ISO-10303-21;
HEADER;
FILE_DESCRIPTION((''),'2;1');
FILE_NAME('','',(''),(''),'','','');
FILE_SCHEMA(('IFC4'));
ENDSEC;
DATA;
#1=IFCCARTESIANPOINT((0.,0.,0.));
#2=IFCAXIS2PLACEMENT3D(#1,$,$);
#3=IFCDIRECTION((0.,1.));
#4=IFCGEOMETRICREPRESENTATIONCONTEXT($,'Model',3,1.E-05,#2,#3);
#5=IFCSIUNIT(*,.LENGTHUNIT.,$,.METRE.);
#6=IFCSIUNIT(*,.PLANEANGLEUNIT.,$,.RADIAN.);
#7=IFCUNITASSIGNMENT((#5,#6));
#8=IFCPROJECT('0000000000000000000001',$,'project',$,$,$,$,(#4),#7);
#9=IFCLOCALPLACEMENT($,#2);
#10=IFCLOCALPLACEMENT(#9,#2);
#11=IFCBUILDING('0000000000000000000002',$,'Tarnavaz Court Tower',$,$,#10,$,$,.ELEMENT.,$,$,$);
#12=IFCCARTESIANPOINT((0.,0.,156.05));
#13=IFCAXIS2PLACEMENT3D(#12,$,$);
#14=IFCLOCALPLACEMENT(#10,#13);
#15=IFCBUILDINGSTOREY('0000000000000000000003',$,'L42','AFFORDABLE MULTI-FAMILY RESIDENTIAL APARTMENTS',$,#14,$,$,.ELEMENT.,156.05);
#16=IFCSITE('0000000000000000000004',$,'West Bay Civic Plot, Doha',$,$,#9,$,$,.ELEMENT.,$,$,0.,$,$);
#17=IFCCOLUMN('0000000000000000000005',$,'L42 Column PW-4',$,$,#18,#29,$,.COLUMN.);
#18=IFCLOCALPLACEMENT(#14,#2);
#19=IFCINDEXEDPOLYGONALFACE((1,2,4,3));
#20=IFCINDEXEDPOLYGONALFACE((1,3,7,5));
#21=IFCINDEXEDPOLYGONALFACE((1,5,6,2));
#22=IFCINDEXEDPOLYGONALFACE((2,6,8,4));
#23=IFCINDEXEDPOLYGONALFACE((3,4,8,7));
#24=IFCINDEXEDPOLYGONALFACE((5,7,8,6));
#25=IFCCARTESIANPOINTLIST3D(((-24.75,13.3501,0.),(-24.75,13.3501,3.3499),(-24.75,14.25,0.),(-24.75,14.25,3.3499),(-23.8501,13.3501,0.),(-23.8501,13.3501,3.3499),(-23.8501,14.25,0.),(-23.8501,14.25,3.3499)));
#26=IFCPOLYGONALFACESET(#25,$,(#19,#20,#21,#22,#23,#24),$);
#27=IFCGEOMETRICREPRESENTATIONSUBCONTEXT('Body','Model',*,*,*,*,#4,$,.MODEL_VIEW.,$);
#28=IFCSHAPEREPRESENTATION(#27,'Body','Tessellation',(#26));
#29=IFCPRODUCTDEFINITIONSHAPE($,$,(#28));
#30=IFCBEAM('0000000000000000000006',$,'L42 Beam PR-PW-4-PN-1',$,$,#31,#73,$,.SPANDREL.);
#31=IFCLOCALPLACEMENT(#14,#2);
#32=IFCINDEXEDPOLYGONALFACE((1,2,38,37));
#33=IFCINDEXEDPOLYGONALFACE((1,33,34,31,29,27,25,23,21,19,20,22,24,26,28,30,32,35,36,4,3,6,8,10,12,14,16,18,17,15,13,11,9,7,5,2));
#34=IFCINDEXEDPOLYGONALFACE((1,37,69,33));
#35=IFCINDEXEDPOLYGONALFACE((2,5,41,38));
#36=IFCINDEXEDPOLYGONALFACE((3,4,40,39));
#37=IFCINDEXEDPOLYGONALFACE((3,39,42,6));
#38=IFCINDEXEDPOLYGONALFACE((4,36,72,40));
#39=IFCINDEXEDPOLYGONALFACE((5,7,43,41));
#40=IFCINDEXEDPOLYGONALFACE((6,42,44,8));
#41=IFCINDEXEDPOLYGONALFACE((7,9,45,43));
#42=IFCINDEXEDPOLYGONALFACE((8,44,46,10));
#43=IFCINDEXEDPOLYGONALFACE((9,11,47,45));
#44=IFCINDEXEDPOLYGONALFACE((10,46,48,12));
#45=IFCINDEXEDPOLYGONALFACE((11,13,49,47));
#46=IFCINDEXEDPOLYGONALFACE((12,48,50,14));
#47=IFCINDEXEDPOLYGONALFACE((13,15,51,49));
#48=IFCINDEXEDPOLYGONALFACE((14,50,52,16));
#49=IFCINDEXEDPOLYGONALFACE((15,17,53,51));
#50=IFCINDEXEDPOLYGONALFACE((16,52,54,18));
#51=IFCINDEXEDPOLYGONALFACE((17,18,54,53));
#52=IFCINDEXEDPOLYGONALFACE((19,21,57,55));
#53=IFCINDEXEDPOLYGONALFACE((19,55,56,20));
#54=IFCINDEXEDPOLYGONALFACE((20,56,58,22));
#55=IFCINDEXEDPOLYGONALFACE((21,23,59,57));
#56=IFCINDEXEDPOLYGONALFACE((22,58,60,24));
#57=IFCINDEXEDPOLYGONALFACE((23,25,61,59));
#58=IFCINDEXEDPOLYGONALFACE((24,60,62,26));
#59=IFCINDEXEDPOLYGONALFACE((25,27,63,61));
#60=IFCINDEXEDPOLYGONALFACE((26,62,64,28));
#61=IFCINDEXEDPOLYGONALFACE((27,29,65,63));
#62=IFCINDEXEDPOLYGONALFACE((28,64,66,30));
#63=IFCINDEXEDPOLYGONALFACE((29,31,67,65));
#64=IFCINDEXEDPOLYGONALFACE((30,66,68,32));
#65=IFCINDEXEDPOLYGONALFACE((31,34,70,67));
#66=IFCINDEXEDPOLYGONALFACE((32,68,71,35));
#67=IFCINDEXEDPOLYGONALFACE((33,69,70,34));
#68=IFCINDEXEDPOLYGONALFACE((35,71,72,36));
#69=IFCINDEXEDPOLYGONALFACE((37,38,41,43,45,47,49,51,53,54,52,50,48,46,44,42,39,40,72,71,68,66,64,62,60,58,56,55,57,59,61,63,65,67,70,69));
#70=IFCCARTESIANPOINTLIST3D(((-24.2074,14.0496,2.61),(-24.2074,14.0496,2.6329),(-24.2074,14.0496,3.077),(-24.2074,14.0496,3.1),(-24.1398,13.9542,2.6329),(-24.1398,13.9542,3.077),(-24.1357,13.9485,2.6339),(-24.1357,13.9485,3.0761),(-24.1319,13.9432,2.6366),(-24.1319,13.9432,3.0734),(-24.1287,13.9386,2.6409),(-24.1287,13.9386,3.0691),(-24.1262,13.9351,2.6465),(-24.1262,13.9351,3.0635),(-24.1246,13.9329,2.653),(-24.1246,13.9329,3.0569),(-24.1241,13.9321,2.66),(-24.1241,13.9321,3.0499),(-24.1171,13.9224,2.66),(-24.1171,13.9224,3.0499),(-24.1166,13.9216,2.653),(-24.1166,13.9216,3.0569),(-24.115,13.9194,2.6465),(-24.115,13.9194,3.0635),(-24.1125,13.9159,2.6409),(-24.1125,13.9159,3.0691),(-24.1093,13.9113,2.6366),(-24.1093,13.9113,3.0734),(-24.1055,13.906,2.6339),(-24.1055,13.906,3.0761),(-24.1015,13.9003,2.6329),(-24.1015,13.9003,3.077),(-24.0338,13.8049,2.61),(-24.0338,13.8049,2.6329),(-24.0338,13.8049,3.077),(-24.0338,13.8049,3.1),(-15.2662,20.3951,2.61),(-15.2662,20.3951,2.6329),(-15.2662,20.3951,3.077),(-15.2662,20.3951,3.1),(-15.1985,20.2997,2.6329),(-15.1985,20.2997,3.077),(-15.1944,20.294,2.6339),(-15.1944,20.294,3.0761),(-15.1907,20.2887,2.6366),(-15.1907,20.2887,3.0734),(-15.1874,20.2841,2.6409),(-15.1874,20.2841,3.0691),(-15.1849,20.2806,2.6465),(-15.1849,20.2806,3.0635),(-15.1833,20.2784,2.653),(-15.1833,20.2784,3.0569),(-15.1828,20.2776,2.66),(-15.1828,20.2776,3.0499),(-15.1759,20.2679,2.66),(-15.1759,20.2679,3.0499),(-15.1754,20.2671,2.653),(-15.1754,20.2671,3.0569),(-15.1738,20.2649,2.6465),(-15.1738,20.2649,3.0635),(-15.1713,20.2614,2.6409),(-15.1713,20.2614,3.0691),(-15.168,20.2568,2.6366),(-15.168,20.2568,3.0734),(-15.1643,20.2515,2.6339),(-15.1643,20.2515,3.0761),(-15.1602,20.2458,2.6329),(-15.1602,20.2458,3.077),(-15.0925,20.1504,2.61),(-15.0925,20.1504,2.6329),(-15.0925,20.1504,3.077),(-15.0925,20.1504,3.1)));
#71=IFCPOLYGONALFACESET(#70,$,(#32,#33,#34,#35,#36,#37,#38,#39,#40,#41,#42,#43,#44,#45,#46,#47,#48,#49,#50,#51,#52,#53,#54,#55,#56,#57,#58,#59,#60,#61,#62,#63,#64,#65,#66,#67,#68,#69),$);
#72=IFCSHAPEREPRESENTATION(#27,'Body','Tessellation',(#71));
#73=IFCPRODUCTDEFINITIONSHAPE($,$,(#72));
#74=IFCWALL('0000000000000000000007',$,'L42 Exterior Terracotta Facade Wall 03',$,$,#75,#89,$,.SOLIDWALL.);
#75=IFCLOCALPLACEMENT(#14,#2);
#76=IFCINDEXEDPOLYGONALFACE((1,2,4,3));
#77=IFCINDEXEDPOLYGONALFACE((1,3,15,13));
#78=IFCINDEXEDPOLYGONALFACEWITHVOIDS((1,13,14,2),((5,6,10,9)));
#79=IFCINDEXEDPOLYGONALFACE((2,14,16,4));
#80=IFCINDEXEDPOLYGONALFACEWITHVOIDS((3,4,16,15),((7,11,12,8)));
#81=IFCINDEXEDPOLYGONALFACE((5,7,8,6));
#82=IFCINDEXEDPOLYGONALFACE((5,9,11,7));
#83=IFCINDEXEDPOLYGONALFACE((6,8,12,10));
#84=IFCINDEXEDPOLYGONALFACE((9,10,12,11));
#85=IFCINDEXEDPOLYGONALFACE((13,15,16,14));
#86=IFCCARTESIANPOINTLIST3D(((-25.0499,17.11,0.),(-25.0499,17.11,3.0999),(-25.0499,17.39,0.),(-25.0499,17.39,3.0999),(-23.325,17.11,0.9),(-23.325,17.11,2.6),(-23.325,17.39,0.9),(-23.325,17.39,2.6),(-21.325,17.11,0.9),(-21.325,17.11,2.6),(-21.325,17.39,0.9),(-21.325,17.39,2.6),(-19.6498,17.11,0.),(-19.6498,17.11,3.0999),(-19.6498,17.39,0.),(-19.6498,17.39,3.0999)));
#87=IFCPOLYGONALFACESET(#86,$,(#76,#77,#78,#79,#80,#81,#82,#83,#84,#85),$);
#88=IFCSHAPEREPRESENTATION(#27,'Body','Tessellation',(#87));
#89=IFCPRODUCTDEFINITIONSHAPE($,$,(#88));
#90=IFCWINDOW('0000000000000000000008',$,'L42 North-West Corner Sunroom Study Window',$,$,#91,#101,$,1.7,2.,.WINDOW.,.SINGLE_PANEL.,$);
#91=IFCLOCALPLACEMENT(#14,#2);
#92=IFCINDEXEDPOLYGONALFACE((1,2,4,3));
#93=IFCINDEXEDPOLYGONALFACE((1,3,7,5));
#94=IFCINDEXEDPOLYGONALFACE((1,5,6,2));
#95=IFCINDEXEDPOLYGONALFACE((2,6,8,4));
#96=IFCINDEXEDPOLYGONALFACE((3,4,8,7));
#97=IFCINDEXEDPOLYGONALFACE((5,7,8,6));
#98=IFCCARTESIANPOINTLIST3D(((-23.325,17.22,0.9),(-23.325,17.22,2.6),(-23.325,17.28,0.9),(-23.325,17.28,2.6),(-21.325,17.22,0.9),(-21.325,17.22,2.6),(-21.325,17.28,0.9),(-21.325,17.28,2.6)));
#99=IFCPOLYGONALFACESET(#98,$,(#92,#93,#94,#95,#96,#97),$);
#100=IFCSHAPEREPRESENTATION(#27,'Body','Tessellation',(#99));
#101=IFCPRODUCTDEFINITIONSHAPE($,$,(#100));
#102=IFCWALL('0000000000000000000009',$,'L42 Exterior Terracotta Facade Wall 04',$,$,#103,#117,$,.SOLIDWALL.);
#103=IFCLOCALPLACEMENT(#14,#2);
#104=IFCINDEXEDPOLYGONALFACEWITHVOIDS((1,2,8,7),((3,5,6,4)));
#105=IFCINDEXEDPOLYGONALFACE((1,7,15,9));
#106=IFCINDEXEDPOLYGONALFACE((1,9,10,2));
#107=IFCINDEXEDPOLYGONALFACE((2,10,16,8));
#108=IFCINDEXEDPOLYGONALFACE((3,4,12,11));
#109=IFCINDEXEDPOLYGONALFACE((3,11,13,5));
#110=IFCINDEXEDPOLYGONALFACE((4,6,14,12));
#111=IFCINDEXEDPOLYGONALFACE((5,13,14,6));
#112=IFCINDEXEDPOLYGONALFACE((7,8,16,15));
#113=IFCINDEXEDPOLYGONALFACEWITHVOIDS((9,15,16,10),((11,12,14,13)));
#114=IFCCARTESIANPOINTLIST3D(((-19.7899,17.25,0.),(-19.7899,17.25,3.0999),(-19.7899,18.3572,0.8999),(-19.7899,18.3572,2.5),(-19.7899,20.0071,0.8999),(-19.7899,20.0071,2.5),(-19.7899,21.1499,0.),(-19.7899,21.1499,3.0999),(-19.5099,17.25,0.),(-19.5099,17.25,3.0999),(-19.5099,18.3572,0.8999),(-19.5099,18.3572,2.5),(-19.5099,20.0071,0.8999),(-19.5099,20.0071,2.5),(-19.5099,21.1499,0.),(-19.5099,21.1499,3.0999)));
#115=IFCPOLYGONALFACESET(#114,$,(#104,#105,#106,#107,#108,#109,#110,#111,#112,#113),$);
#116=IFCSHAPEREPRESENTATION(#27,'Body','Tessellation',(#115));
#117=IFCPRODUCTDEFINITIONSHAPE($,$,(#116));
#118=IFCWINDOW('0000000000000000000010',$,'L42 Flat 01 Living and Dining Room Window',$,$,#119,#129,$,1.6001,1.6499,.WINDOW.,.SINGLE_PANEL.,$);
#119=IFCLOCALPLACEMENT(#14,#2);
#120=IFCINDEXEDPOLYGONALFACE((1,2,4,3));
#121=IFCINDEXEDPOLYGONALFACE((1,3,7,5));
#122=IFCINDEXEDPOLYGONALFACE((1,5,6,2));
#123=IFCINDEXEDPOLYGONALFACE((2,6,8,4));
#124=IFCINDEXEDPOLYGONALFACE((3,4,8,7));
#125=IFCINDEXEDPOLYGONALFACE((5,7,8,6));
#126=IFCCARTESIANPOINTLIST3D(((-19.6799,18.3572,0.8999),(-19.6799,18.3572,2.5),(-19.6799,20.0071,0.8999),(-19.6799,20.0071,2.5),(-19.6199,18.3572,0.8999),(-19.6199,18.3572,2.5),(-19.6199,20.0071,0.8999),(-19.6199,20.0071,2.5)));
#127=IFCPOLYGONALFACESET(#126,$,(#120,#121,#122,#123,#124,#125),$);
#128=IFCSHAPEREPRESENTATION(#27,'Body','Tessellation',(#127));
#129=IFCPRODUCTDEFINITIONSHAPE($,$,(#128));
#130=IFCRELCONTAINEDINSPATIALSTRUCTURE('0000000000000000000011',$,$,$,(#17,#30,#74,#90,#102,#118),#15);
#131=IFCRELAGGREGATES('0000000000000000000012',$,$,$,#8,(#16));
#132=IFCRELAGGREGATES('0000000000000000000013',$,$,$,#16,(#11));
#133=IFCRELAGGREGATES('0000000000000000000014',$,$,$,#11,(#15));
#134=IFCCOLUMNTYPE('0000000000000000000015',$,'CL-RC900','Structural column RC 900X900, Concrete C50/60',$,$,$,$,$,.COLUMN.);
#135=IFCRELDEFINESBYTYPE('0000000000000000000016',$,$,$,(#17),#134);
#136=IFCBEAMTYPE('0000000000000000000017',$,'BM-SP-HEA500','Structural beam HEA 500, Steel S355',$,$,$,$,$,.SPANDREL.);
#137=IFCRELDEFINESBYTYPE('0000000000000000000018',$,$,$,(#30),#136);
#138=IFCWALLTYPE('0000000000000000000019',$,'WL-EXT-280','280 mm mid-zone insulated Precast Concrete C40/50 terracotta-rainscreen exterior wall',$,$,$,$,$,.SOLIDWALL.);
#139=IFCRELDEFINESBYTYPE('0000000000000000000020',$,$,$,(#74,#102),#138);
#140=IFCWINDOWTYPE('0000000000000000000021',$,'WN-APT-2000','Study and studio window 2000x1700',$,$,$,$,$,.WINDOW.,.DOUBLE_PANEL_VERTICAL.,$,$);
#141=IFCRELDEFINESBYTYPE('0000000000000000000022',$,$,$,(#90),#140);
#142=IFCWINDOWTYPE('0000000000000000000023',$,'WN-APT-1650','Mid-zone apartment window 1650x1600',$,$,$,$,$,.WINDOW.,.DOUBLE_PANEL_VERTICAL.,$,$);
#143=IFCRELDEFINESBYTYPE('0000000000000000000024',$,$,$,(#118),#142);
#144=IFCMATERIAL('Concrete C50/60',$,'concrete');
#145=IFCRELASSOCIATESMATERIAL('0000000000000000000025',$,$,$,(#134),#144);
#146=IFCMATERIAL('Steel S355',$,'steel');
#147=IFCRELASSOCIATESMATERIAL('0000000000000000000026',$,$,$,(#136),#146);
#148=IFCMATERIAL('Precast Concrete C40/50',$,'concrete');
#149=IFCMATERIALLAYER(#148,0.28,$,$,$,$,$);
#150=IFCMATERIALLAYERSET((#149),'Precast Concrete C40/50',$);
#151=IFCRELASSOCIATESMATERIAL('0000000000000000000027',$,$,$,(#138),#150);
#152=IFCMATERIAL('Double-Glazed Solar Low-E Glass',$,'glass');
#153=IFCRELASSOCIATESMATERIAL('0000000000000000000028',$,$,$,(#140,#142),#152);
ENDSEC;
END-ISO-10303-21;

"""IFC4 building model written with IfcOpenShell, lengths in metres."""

from ifc_helpers import new_model, si_unit, direction, frame, frame_2d, origin, origin_2d, place, context, subcontext, project, spatial, rectangle, i_section, extrude, material, layer, layer_set, material_profile, profile_set, type_object, element, fill, save


model = new_model("IFC4")

# Units and contexts
model_context = context("Model", 3, precision=1e-05, world=origin(), true_north=direction((0.0, 1.0)))
body_context = subcontext(model_context, "Body", "Model", "MODEL_VIEW")
ifc_project = project(units=[si_unit("LENGTHUNIT", "METRE"), si_unit("PLANEANGLEUNIT", "RADIAN")], contexts=[model_context])

# Site, building, storey
site_placement = place(None, origin())
site = spatial("IfcSite", under=ifc_project, at=site_placement, Name="West Bay Civic Plot, Doha", CompositionType="ELEMENT", RefElevation=0.0)
building_placement = place(site_placement, origin())
building = spatial("IfcBuilding", under=site, at=building_placement, Name="Tarnavaz Court Tower", CompositionType="ELEMENT")
storey_placement = place(building_placement, frame((0.0, 0.0, 156.05)))
storey = spatial("IfcBuildingStorey", under=building, at=storey_placement, Name="L42", Description="AFFORDABLE MULTI-FAMILY RESIDENTIAL APARTMENTS", CompositionType="ELEMENT", Elevation=156.05)

# Column
ifc_material_1 = material(Name="Concrete C50/60", Category="concrete")
ifc_material_profile_1 = material_profile(ifc_material_1, rectangle(XDim=0.8999, YDim=0.8999, at=origin_2d()), Name="RC 900X900")
ifc_profile_set_1 = profile_set([ifc_material_profile_1], Name="Concrete C50/60")
column_type = type_object("IfcColumnType", Name="CL-RC900", Description="Structural column RC 900X900, Concrete C50/60", PredefinedType="COLUMN", material=ifc_profile_set_1)
column_placement = place(storey_placement, frame((-24.3, 13.8, 0.0), z_axis=(0.0, 0.0, 1.0), x_axis=(1.0, 0.0, 0.0)))
element("IfcColumn", 1, at=column_placement, inside=storey, type_object=column_type, Name="L42 Column PW-4", PredefinedType="COLUMN", context=body_context, shape_type="SweptSolid", body=[
    extrude(rectangle(XDim=0.8999, YDim=0.8999, at=origin_2d()), origin(), (0.0, 0.0, 1.0), 3.3499),
])

# Beam
ifc_material_2 = material(Name="Steel S355", Category="steel")
ifc_material_profile_2 = material_profile(ifc_material_2, i_section(OverallWidth=0.3, OverallDepth=0.49, WebThickness=0.012, FlangeThickness=0.0229, FilletRadius=0.0271, at=origin_2d()), Name="HEA 500")
ifc_profile_set_2 = profile_set([ifc_material_profile_2], Name="Steel S355")
beam_type = type_object("IfcBeamType", Name="BM-SP-HEA500", Description="Structural beam HEA 500, Steel S355", PredefinedType="SPANDREL", material=ifc_profile_set_2)
beam_placement = place(storey_placement, frame((-24.1206, 13.9272, 2.855), z_axis=(0.815502, 0.578754, 0.0), x_axis=(-0.578754, 0.815502, 0.0)))
element("IfcBeam", 2, at=beam_placement, inside=storey, type_object=beam_type, Name="L42 Beam PR-PW-4-PN-1", PredefinedType="SPANDREL", context=body_context, shape_type="SweptSolid", body=[
    extrude(i_section(OverallWidth=0.3, OverallDepth=0.49, WebThickness=0.012, FlangeThickness=0.0229, FilletRadius=0.0271, at=origin_2d()), origin(), (0.0, 0.0, 1.0), 10.9641),
])

# Walls, openings, windows
ifc_material_3 = material(Name="Precast Concrete C40/50", Category="concrete")
ifc_layer_1 = layer(ifc_material_3, 0.28)
ifc_layer_set_1 = layer_set([ifc_layer_1], Name="Precast Concrete C40/50")
wall_type_1 = type_object("IfcWallType", Name="WL-EXT-280", Description="280 mm mid-zone insulated Precast Concrete C40/50 terracotta-rainscreen exterior wall", PredefinedType="SOLIDWALL", material=ifc_layer_set_1)
wall_1_placement = place(storey_placement, frame((-25.05, 17.25, 0.0), z_axis=(0.0, 0.0, 1.0), x_axis=(1.0, 0.0, 0.0)))
wall_1 = element("IfcWall", 3, at=wall_1_placement, inside=storey, type_object=wall_type_1, Name="L42 Exterior Terracotta Facade Wall 03", PredefinedType="SOLIDWALL", context=body_context, shape_type="SweptSolid", body=[
    extrude(rectangle(XDim=5.4001, YDim=0.28, at=frame_2d((2.7002, 0.0))), origin(), (0.0, 0.0, 1.0), 3.0999),
])
opening_1_placement = place(wall_1_placement, frame((1.7251, 0.0, 0.8999)))
opening_1 = element("IfcOpeningElement", 4, at=opening_1_placement, cuts=wall_1, PredefinedType="OPENING", context=body_context, shape_type="SweptSolid", body=[
    extrude(rectangle(XDim=2.0, YDim=1.7, at=frame_2d((1.0, 0.8501))), frame((0.0, 0.1499, 0.0), z_axis=(0.0, -1.0, 0.0), x_axis=(1.0, 0.0, 0.0)), (0.0, 0.0, 1.0), 0.3),
])
ifc_material_4 = material(Name="Double-Glazed Solar Low-E Glass", Category="glass")
window_type_1 = type_object("IfcWindowType", Name="WN-APT-2000", Description="Study and studio window 2000x1700", PartitioningType="DOUBLE_PANEL_VERTICAL", PredefinedType="WINDOW", material=ifc_material_4)
window_1_placement = place(opening_1_placement, origin())
window_1 = element("IfcWindow", 5, at=window_1_placement, inside=storey, type_object=window_type_1, Name="L42 North-West Corner Sunroom Study Window", OverallHeight=1.7, OverallWidth=2.0, PartitioningType="SINGLE_PANEL", PredefinedType="WINDOW", context=body_context, shape_type="SweptSolid", body=[
    extrude(rectangle(XDim=2.0, YDim=1.7, at=frame_2d((1.0, 0.8501))), frame((0.0, 0.03, 0.0), z_axis=(0.0, -1.0, 0.0), x_axis=(1.0, 0.0, 0.0)), (0.0, 0.0, 1.0), 0.0601),
])
fill(opening_1, window_1)
wall_2_placement = place(storey_placement, frame((-19.6499, 17.25, 0.0), z_axis=(0.0, 0.0, 1.0), x_axis=(0.0, 1.0, 0.0)))
wall_2 = element("IfcWall", 6, at=wall_2_placement, inside=storey, type_object=wall_type_1, Name="L42 Exterior Terracotta Facade Wall 04", PredefinedType="SOLIDWALL", context=body_context, shape_type="SweptSolid", body=[
    extrude(rectangle(XDim=3.8999, YDim=0.28, at=frame_2d((1.95, 0.0))), origin(), (0.0, 0.0, 1.0), 3.0999),
])
opening_2_placement = place(wall_2_placement, frame((1.1072, 0.0, 0.8999)))
opening_2 = element("IfcOpeningElement", 7, at=opening_2_placement, cuts=wall_2, PredefinedType="OPENING", context=body_context, shape_type="SweptSolid", body=[
    extrude(rectangle(XDim=1.6499, YDim=1.6001, at=frame_2d((0.825, 0.8))), frame((0.0, 0.1499, 0.0), z_axis=(0.0, -1.0, 0.0), x_axis=(1.0, 0.0, 0.0)), (0.0, 0.0, 1.0), 0.3),
])
window_type_2 = type_object("IfcWindowType", Name="WN-APT-1650", Description="Mid-zone apartment window 1650x1600", PartitioningType="DOUBLE_PANEL_VERTICAL", PredefinedType="WINDOW", material=ifc_material_4)
window_2_placement = place(opening_2_placement, origin())
window_2 = element("IfcWindow", 8, at=window_2_placement, inside=storey, type_object=window_type_2, Name="L42 Flat 01 Living and Dining Room Window", OverallHeight=1.6001, OverallWidth=1.6499, PartitioningType="SINGLE_PANEL", PredefinedType="WINDOW", context=body_context, shape_type="SweptSolid", body=[
    extrude(rectangle(XDim=1.6499, YDim=1.6001, at=frame_2d((0.825, 0.8))), frame((0.0, 0.03, 0.0), z_axis=(0.0, -1.0, 0.0), x_axis=(1.0, 0.0, 0.0)), (0.0, 0.0, 1.0), 0.0601),
])
fill(opening_2, window_2)

save(model, "model.ifc")
